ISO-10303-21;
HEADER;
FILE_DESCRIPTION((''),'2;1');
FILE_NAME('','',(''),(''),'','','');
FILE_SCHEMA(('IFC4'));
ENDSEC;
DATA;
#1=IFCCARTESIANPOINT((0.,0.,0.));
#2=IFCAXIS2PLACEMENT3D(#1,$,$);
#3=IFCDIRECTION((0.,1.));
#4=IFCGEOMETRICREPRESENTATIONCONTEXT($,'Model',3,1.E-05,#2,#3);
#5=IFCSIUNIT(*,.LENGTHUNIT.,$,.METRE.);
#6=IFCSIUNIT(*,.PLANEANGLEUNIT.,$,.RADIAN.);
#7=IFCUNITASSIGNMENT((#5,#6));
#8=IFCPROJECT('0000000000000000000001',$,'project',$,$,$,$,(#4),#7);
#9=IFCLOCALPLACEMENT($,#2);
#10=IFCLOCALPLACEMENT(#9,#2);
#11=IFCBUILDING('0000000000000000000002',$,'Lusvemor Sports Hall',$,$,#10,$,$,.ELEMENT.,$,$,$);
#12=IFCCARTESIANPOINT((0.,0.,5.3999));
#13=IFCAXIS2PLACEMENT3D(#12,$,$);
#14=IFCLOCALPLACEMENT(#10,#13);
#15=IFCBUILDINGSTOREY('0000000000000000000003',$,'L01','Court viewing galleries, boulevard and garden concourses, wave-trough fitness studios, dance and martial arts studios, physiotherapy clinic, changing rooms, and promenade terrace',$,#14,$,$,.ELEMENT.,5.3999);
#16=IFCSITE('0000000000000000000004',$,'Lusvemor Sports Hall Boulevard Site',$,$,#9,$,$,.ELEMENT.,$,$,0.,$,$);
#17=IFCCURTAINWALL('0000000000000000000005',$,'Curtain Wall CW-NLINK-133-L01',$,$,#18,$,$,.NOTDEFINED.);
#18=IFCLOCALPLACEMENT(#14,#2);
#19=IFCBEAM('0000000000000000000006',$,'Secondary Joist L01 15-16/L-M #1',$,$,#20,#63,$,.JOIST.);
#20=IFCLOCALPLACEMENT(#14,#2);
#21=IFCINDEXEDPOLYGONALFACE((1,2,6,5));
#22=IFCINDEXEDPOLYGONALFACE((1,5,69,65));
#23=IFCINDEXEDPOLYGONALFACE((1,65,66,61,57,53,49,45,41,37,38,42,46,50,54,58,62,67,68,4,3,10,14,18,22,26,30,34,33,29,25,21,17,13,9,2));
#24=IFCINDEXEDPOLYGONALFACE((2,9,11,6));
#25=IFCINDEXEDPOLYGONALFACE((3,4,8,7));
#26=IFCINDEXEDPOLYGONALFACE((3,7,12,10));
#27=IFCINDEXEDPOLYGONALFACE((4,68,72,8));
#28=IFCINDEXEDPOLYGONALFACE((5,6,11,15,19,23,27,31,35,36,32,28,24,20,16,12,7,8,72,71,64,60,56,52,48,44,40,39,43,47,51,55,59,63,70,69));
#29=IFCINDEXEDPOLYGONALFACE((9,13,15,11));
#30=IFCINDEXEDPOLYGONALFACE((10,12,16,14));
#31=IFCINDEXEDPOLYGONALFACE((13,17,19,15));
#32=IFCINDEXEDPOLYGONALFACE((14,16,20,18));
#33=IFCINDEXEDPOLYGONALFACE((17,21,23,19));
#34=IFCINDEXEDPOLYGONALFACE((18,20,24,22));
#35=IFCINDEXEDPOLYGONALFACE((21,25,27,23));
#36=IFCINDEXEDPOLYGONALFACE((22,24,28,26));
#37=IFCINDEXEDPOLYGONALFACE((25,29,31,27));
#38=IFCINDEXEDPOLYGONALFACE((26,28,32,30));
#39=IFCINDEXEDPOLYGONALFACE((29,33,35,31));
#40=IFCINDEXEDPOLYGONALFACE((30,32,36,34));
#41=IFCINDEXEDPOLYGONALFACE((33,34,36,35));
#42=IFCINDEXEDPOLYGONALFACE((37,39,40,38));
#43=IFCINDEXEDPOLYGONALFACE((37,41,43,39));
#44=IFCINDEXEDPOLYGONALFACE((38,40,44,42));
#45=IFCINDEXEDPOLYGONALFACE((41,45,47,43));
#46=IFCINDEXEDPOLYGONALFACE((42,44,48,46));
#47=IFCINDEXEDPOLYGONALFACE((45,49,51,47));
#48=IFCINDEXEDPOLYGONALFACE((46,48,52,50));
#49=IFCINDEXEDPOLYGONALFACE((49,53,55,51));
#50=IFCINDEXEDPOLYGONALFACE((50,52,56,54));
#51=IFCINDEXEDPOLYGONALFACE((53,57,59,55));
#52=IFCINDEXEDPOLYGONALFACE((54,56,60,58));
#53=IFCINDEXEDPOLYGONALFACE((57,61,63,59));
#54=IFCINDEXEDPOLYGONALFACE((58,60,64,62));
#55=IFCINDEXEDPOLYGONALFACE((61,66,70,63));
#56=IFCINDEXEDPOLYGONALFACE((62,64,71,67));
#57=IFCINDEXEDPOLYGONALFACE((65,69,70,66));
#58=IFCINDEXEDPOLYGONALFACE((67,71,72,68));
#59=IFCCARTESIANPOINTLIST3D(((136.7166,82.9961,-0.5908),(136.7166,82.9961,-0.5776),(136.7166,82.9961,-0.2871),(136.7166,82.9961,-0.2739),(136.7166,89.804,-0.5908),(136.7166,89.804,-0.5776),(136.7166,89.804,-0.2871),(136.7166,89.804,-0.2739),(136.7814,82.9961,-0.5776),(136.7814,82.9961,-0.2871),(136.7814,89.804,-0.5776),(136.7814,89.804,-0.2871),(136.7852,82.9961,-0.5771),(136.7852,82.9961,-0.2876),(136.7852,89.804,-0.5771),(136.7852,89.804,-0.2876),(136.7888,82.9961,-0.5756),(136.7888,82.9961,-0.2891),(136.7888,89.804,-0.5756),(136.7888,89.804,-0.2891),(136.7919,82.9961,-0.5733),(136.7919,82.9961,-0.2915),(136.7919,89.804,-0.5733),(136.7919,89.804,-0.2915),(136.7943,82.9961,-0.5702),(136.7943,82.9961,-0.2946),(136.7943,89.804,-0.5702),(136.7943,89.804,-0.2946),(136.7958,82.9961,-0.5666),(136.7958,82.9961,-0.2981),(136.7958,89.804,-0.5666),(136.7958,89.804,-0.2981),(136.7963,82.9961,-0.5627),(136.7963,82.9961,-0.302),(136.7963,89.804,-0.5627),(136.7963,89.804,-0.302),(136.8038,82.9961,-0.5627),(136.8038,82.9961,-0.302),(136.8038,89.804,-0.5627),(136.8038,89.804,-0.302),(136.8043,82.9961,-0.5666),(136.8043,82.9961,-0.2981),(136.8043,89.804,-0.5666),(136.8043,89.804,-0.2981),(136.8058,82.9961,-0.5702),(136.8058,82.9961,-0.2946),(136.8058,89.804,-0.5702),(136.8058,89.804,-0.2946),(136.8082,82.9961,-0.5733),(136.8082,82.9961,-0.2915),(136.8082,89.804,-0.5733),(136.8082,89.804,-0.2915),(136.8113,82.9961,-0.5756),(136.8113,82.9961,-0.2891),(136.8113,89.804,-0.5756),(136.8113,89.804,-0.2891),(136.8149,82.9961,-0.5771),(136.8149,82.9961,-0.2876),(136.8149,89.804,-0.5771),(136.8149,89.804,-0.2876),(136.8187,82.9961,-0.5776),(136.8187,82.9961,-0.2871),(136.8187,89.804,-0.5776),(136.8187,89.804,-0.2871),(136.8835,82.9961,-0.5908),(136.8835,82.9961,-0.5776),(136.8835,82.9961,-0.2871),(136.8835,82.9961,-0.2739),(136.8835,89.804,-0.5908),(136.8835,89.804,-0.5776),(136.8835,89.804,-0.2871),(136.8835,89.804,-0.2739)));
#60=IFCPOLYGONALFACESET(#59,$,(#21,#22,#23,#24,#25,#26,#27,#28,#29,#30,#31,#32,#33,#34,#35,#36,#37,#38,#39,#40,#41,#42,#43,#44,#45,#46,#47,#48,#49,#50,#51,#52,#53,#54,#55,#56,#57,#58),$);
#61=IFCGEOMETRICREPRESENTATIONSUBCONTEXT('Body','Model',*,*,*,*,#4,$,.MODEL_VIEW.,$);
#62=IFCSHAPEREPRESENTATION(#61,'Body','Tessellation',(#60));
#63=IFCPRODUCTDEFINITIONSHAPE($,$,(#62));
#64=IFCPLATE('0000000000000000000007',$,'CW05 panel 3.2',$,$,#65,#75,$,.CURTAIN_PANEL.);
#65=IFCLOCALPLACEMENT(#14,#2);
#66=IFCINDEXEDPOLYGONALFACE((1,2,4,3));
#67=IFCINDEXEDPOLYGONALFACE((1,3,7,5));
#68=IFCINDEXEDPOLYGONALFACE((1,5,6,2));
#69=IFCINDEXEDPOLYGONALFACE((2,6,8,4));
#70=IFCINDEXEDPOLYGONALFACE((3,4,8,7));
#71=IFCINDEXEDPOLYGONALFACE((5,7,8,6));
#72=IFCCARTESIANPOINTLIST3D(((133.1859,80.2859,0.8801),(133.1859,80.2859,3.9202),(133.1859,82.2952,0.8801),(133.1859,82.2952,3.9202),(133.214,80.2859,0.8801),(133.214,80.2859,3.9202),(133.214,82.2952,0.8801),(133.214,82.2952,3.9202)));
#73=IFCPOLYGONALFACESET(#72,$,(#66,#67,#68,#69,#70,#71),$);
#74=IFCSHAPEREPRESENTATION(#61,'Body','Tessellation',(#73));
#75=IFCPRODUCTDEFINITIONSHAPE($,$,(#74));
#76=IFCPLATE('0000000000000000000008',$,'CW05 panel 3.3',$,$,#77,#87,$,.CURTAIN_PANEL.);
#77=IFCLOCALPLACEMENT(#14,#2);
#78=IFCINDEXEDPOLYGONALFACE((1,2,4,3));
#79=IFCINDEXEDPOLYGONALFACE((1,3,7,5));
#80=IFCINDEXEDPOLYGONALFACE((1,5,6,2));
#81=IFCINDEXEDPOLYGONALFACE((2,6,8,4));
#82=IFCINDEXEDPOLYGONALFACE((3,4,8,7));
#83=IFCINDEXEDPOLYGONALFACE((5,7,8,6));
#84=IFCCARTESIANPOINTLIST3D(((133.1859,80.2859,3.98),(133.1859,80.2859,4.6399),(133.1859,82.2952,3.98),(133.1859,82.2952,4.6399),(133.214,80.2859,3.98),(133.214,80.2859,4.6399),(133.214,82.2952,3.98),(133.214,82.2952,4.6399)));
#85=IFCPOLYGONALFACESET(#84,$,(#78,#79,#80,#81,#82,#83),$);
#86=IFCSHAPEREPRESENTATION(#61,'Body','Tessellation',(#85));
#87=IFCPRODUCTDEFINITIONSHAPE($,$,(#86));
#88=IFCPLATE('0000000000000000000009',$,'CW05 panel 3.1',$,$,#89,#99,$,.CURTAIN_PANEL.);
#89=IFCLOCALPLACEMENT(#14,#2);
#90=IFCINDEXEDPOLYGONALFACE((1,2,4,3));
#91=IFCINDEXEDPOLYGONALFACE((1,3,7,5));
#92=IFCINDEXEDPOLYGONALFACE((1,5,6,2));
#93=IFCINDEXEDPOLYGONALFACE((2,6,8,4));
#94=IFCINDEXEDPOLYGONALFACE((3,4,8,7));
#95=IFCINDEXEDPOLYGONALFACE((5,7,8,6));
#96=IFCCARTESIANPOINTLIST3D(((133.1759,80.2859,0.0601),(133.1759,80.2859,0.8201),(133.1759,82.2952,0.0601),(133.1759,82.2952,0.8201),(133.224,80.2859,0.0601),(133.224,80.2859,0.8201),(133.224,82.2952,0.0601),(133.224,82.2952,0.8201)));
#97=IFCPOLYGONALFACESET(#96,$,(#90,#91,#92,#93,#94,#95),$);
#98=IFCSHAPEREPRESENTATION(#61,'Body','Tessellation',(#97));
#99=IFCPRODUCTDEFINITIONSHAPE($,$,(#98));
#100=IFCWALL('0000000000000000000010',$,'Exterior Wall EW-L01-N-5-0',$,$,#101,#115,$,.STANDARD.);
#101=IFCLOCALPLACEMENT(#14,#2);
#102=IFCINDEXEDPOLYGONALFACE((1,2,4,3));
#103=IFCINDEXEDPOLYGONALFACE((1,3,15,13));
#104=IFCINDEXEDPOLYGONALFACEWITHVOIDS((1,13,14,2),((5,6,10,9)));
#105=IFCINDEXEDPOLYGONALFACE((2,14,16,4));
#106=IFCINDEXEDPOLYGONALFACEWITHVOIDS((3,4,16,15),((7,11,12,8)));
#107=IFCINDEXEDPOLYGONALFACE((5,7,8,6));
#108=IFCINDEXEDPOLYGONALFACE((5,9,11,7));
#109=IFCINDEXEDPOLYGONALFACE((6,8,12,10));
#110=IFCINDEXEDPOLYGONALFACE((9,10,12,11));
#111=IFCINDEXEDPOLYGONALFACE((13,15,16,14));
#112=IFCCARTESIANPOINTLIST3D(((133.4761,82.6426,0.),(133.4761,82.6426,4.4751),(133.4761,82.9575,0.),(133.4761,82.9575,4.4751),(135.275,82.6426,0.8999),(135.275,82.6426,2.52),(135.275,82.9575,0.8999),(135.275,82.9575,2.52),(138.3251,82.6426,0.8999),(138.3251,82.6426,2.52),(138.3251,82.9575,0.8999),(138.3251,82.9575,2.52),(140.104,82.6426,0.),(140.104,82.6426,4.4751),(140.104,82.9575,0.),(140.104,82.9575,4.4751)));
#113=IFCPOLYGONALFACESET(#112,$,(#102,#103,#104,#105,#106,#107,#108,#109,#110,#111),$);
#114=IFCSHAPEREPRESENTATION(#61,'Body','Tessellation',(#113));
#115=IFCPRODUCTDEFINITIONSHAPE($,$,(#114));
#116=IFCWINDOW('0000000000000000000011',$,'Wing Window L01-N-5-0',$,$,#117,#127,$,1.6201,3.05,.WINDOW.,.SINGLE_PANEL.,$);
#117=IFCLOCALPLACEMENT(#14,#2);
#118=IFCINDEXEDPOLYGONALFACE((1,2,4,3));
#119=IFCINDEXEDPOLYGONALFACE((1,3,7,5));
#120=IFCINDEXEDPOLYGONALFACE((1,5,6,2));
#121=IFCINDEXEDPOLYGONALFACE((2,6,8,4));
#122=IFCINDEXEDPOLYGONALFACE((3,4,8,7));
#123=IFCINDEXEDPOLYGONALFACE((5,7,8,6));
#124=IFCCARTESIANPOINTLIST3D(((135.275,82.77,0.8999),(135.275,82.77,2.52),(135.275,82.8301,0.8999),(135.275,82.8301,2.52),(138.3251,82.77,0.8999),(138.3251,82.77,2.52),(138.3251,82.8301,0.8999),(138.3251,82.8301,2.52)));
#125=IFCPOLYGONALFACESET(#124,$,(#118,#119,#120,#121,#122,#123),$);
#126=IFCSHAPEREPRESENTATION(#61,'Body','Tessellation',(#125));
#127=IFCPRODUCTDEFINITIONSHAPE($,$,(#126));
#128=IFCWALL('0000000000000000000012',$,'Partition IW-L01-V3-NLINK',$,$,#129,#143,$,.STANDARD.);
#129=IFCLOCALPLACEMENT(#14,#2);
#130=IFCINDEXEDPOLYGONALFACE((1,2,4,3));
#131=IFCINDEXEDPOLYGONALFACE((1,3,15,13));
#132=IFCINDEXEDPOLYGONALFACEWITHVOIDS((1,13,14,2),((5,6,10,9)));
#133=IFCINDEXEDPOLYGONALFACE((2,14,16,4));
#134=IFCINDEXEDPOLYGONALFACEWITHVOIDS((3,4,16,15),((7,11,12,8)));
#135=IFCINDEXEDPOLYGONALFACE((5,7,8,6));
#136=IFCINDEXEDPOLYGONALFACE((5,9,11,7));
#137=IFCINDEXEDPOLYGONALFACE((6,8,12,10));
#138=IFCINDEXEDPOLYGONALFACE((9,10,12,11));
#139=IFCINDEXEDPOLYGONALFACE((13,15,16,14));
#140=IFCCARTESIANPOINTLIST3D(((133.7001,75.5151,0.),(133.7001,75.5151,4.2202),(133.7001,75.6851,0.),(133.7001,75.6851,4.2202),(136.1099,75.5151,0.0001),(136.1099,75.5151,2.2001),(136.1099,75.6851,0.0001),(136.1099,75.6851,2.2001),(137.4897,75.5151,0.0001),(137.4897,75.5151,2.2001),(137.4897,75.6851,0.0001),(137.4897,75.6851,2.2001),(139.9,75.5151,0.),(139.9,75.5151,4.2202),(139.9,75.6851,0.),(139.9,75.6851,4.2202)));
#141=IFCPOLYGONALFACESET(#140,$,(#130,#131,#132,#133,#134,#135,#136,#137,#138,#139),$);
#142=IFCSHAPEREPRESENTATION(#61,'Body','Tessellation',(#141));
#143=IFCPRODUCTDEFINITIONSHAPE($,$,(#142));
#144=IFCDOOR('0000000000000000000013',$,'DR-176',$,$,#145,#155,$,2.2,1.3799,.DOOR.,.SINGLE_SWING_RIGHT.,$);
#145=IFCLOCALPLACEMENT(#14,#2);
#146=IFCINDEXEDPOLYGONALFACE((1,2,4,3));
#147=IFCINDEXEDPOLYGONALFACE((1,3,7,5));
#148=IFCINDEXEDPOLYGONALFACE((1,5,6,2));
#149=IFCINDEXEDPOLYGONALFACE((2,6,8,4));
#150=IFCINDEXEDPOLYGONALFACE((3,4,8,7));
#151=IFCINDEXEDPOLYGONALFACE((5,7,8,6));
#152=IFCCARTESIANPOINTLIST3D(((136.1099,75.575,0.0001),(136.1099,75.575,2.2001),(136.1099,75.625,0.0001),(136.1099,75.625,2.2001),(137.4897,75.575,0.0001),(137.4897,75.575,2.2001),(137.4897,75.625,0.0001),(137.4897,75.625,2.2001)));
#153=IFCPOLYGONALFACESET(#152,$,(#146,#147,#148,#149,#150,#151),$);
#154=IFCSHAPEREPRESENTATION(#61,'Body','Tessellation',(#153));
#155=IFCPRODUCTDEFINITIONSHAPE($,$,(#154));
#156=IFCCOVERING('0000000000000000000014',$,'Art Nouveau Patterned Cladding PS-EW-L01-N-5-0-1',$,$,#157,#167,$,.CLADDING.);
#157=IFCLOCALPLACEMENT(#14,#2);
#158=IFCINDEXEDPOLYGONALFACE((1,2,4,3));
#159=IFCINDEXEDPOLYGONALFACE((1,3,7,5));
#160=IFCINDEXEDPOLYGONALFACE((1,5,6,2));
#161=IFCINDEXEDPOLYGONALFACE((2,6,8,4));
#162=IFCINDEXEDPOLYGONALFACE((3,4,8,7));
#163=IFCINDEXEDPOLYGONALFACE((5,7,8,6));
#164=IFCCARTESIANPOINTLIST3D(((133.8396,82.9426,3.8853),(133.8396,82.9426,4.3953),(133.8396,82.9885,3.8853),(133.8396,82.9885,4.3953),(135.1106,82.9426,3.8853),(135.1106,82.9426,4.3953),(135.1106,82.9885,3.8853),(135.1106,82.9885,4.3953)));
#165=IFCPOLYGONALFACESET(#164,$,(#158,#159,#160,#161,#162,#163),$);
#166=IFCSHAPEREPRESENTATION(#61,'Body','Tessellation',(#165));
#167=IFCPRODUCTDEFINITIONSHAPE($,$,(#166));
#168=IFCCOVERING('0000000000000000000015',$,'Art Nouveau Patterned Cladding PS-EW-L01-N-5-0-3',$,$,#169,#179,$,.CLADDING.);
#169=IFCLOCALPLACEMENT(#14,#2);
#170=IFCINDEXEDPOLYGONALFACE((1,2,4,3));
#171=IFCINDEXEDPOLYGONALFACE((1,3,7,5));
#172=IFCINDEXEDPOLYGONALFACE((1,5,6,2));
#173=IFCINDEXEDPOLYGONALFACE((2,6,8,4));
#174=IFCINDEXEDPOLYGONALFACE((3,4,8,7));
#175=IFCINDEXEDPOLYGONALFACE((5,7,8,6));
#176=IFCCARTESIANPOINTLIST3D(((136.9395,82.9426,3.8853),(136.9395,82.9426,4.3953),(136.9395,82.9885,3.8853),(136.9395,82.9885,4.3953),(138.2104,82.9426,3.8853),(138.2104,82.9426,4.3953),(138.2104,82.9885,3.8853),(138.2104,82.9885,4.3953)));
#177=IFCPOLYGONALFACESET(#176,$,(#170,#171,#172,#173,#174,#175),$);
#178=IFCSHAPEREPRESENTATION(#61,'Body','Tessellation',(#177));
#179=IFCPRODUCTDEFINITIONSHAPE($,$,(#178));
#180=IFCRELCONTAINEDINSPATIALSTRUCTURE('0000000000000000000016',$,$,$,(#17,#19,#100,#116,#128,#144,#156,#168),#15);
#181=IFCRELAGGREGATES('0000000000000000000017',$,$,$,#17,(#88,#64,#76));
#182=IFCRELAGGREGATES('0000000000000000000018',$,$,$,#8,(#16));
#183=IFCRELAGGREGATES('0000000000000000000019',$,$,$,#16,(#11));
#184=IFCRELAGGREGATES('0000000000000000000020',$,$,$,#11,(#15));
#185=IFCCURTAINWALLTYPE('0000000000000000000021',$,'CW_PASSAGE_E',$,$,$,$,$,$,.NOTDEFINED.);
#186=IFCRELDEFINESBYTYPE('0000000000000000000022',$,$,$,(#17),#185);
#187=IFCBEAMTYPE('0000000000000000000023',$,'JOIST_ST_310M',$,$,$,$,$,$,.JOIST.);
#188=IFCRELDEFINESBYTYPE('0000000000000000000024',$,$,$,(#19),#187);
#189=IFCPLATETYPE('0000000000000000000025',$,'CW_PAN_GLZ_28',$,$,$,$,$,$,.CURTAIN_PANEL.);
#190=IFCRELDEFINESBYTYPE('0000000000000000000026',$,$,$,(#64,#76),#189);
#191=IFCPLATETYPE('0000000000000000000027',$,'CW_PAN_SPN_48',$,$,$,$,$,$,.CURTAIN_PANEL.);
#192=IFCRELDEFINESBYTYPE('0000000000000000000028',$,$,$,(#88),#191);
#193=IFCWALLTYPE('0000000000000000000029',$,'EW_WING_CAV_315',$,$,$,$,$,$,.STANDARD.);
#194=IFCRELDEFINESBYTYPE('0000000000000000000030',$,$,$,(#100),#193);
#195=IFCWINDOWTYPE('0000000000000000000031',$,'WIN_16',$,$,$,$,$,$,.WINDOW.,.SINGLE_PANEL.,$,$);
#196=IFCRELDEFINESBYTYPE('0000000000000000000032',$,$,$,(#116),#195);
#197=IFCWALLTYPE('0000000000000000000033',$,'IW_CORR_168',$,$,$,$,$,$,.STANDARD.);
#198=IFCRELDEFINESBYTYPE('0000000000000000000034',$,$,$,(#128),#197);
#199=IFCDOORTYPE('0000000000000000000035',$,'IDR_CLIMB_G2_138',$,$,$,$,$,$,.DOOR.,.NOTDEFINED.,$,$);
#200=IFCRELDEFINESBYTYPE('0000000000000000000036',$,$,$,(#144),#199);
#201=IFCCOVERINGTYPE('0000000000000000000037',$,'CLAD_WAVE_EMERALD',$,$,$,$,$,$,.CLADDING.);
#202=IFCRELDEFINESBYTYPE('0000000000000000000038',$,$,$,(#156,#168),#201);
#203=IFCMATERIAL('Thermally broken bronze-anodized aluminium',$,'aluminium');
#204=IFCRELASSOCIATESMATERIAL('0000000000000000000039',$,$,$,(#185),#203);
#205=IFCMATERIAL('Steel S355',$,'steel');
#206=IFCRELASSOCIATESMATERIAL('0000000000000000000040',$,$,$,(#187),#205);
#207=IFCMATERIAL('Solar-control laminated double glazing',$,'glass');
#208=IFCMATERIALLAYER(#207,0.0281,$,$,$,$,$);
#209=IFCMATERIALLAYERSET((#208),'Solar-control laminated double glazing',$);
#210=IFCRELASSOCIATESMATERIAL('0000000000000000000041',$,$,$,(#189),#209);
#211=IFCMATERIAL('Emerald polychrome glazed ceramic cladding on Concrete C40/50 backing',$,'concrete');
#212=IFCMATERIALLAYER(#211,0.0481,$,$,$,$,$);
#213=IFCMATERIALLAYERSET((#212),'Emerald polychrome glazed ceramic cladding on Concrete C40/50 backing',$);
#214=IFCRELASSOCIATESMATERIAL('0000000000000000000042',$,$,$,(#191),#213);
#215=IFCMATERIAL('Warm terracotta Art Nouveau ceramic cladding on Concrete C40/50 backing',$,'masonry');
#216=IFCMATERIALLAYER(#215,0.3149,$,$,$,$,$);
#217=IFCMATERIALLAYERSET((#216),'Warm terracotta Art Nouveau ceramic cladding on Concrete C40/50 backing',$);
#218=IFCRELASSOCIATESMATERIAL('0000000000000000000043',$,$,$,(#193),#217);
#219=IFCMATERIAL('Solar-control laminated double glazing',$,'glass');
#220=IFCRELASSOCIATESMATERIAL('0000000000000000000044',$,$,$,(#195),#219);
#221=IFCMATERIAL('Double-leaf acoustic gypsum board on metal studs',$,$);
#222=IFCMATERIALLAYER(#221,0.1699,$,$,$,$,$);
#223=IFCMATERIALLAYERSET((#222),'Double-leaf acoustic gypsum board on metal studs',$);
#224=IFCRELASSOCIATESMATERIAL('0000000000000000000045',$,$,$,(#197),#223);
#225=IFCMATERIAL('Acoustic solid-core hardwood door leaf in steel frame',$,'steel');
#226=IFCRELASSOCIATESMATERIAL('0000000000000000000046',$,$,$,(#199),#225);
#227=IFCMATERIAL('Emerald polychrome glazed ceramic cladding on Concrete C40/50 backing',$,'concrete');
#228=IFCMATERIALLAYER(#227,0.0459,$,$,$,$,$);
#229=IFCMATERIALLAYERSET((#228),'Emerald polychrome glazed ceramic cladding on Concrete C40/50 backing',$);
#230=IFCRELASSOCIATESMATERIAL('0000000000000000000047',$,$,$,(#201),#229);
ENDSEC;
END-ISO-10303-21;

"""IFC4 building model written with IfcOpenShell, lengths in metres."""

from ifc_helpers import new_model, si_unit, direction, frame, frame_2d, origin, origin_2d, place, context, subcontext, project, spatial, rectangle, i_section, extrude, material, layer, layer_set, material_profile, profile_set, type_object, element, fill, aggregate, save


model = new_model("IFC4")

# Units and contexts
model_context = context("Model", 3, precision=1e-05, world=origin(), true_north=direction((0.0, 1.0)))
body_context = subcontext(model_context, "Body", "Model", "MODEL_VIEW")
ifc_project = project(units=[si_unit("LENGTHUNIT", "METRE"), si_unit("PLANEANGLEUNIT", "RADIAN")], contexts=[model_context])

# Site, building, storey
site_placement = place(None, origin())
site = spatial("IfcSite", under=ifc_project, at=site_placement, Name="Lusvemor Sports Hall Boulevard Site", CompositionType="ELEMENT", RefElevation=0.0)
building_placement = place(site_placement, origin())
building = spatial("IfcBuilding", under=site, at=building_placement, Name="Lusvemor Sports Hall", CompositionType="ELEMENT")
storey_placement = place(building_placement, frame((0.0, 0.0, 5.3999)))
storey = spatial("IfcBuildingStorey", under=building, at=storey_placement, Name="L01", Description="Court viewing galleries, boulevard and garden concourses, wave-trough fitness studios, dance and martial arts studios, physiotherapy clinic, changing rooms, and promenade terrace", CompositionType="ELEMENT", Elevation=5.3999)

# Curtain wall
ifc_material_1 = material(Name="Thermally broken bronze-anodized aluminium", Category="aluminium")
curtain_wall_type = type_object("IfcCurtainWallType", Name="CW_PASSAGE_E", PredefinedType="NOTDEFINED", material=ifc_material_1)
curtain_wall_placement = place(storey_placement, origin())
curtain_wall = element("IfcCurtainWall", 1, at=curtain_wall_placement, inside=storey, type_object=curtain_wall_type, Name="Curtain Wall CW-NLINK-133-L01", PredefinedType="NOTDEFINED")

# Beam
ifc_material_2 = material(Name="Steel S355", Category="steel")
ifc_material_profile_1 = material_profile(ifc_material_2, i_section(OverallWidth=0.167, OverallDepth=0.3169, WebThickness=0.0076, FlangeThickness=0.0132, FilletRadius=0.0149, at=origin_2d()), Name="W310x52.0")
ifc_profile_set_1 = profile_set([ifc_material_profile_1], Name="Steel S355")
beam_type_1 = type_object("IfcBeamType", Name="JOIST_ST_310M", PredefinedType="JOIST", material=ifc_profile_set_1)
beam_1_placement = place(storey_placement, frame((136.8, 82.9961, -0.4324), z_axis=(0.0, 1.0, 0.0), x_axis=(-1.0, 0.0, 0.0)))
element("IfcBeam", 2, at=beam_1_placement, inside=storey, type_object=beam_type_1, Name="Secondary Joist L01 15-16/L-M #1", PredefinedType="JOIST", context=body_context, shape_type="SweptSolid", body=[
    extrude(i_section(OverallWidth=0.167, OverallDepth=0.3169, WebThickness=0.0076, FlangeThickness=0.0132, FilletRadius=0.0149, at=origin_2d()), origin(), (0.0, 0.0, 1.0), 6.8079),
])

# Plates
ifc_material_3 = material(Name="Solar-control laminated double glazing", Category="glass")
ifc_layer_1 = layer(ifc_material_3, 0.0281)
ifc_layer_set_1 = layer_set([ifc_layer_1], Name="Solar-control laminated double glazing")
plate_type_1 = type_object("IfcPlateType", Name="CW_PAN_GLZ_28", PredefinedType="CURTAIN_PANEL", material=ifc_layer_set_1)
plate_1_placement = place(storey_placement, frame((133.2, 81.2905, 0.8801), z_axis=(0.0, 0.0, 1.0), x_axis=(0.0, 1.0, 0.0)))
plate_1 = element("IfcPlate", 3, at=plate_1_placement, type_object=plate_type_1, Name="CW05 panel 3.2", PredefinedType="CURTAIN_PANEL", context=body_context, shape_type="SweptSolid", body=[
    extrude(rectangle(XDim=2.0093, YDim=0.0281, at=origin_2d()), origin(), (0.0, 0.0, 1.0), 3.04),
])
plate_2_placement = place(storey_placement, frame((133.2, 81.2905, 3.98), z_axis=(0.0, 0.0, 1.0), x_axis=(0.0, 1.0, 0.0)))
plate_2 = element("IfcPlate", 4, at=plate_2_placement, type_object=plate_type_1, Name="CW05 panel 3.3", PredefinedType="CURTAIN_PANEL", context=body_context, shape_type="SweptSolid", body=[
    extrude(rectangle(XDim=2.0093, YDim=0.0281, at=origin_2d()), origin(), (0.0, 0.0, 1.0), 0.6599),
])
ifc_material_4 = material(Name="Emerald polychrome glazed ceramic cladding on Concrete C40/50 backing", Category="concrete")
ifc_layer_2 = layer(ifc_material_4, 0.0481)
ifc_layer_set_2 = layer_set([ifc_layer_2], Name="Emerald polychrome glazed ceramic cladding on Concrete C40/50 backing")
plate_type_2 = type_object("IfcPlateType", Name="CW_PAN_SPN_48", PredefinedType="CURTAIN_PANEL", material=ifc_layer_set_2)
plate_3_placement = place(storey_placement, frame((133.2, 81.2905, 0.0601), z_axis=(0.0, 0.0, 1.0), x_axis=(0.0, 1.0, 0.0)))
plate_3 = element("IfcPlate", 5, at=plate_3_placement, type_object=plate_type_2, Name="CW05 panel 3.1", PredefinedType="CURTAIN_PANEL", context=body_context, shape_type="SweptSolid", body=[
    extrude(rectangle(XDim=2.0093, YDim=0.0481, at=origin_2d()), origin(), (0.0, 0.0, 1.0), 0.76),
])
aggregate(curtain_wall, [plate_3, plate_1, plate_2])

# Wall, opening, window
ifc_material_5 = material(Name="Warm terracotta Art Nouveau ceramic cladding on Concrete C40/50 backing", Category="masonry")
ifc_layer_3 = layer(ifc_material_5, 0.3149)
ifc_layer_set_3 = layer_set([ifc_layer_3], Name="Warm terracotta Art Nouveau ceramic cladding on Concrete C40/50 backing")
wall_type_1 = type_object("IfcWallType", Name="EW_WING_CAV_315", PredefinedType="STANDARD", material=ifc_layer_set_3)
wall_1_placement = place(storey_placement, frame((133.4761, 82.8, 0.0), z_axis=(0.0, 0.0, 1.0), x_axis=(1.0, 0.0, 0.0)))
wall_1 = element("IfcWall", 6, at=wall_1_placement, inside=storey, type_object=wall_type_1, Name="Exterior Wall EW-L01-N-5-0", PredefinedType="STANDARD", context=body_context, shape_type="SweptSolid", body=[
    extrude(rectangle(XDim=6.6279, YDim=0.3149, at=frame_2d((3.314, 0.0))), origin(), (0.0, 0.0, 1.0), 4.4751),
])
opening_1_placement = place(wall_1_placement, frame((1.7991, 0.0, 0.8999)))
opening_1 = element("IfcOpeningElement", 7, at=opening_1_placement, cuts=wall_1, PredefinedType="OPENING", context=body_context, shape_type="SweptSolid", body=[
    extrude(rectangle(XDim=3.05, YDim=1.6201, at=frame_2d((1.5249, 0.8101))), frame((0.0, 0.1575, 0.0), z_axis=(0.0, -1.0, 0.0), x_axis=(1.0, 0.0, 0.0)), (0.0, 0.0, 1.0), 0.3149),
])
ifc_material_6 = material(Name="Solar-control laminated double glazing", Category="glass")
window_type = type_object("IfcWindowType", Name="WIN_16", PartitioningType="SINGLE_PANEL", PredefinedType="WINDOW", material=ifc_material_6)
window_placement = place(opening_1_placement, origin())
window = element("IfcWindow", 8, at=window_placement, inside=storey, type_object=window_type, Name="Wing Window L01-N-5-0", OverallHeight=1.6201, OverallWidth=3.05, PartitioningType="SINGLE_PANEL", PredefinedType="WINDOW", context=body_context, shape_type="SweptSolid", body=[
    extrude(rectangle(XDim=3.05, YDim=1.6201, at=frame_2d((1.5249, 0.8101))), frame((0.0, 0.03, 0.0), z_axis=(0.0, -1.0, 0.0), x_axis=(1.0, 0.0, 0.0)), (0.0, 0.0, 1.0), 0.0601),
])
fill(opening_1, window)

# Wall, opening, door
ifc_material_7 = material(Name="Double-leaf acoustic gypsum board on metal studs")
ifc_layer_4 = layer(ifc_material_7, 0.1699)
ifc_layer_set_4 = layer_set([ifc_layer_4], Name="Double-leaf acoustic gypsum board on metal studs")
wall_type_2 = type_object("IfcWallType", Name="IW_CORR_168", PredefinedType="STANDARD", material=ifc_layer_set_4)
wall_2_placement = place(storey_placement, frame((133.7, 75.6001, 0.0), z_axis=(0.0, 0.0, 1.0), x_axis=(1.0, 0.0, 0.0)))
wall_2 = element("IfcWall", 9, at=wall_2_placement, inside=storey, type_object=wall_type_2, Name="Partition IW-L01-V3-NLINK", PredefinedType="STANDARD", context=body_context, shape_type="SweptSolid", body=[
    extrude(rectangle(XDim=6.2, YDim=0.1699, at=frame_2d((3.1001, 0.0))), origin(), (0.0, 0.0, 1.0), 4.2202),
])
opening_2_placement = place(wall_2_placement, frame((2.4099, 0.0, 0.0)))
opening_2 = element("IfcOpeningElement", 10, at=opening_2_placement, cuts=wall_2, PredefinedType="OPENING", context=body_context, shape_type="SweptSolid", body=[
    extrude(rectangle(XDim=1.3799, YDim=2.2, at=frame_2d((0.6899, 1.1001))), frame((0.0, 0.085, 0.0), z_axis=(0.0, -1.0, 0.0), x_axis=(1.0, 0.0, 0.0)), (0.0, 0.0, 1.0), 0.1699),
])
ifc_material_8 = material(Name="Acoustic solid-core hardwood door leaf in steel frame", Category="steel")
door_type = type_object("IfcDoorType", Name="IDR_CLIMB_G2_138", OperationType="NOTDEFINED", PredefinedType="DOOR", material=ifc_material_8)
door_placement = place(opening_2_placement, origin())
door = element("IfcDoor", 11, at=door_placement, inside=storey, type_object=door_type, Name="DR-176", OperationType="SINGLE_SWING_RIGHT", OverallHeight=2.2, OverallWidth=1.3799, PredefinedType="DOOR", context=body_context, shape_type="SweptSolid", body=[
    extrude(rectangle(XDim=1.3799, YDim=2.2, at=frame_2d((0.6899, 1.1001))), frame((0.0, 0.0249, 0.0), z_axis=(0.0, -1.0, 0.0), x_axis=(1.0, 0.0, 0.0)), (0.0, 0.0, 1.0), 0.05),
])
fill(opening_2, door)

# Coverings
ifc_material_9 = material(Name="Emerald polychrome glazed ceramic cladding on Concrete C40/50 backing", Category="concrete")
ifc_layer_5 = layer(ifc_material_9, 0.0459)
ifc_layer_set_5 = layer_set([ifc_layer_5], Name="Emerald polychrome glazed ceramic cladding on Concrete C40/50 backing")
covering_type_1 = type_object("IfcCoveringType", Name="CLAD_WAVE_EMERALD", PredefinedType="CLADDING", material=ifc_layer_set_5)
for number, where, z_axis, x_axis, name in (
    (12, (134.4751, 82.9656, 3.8853), (0.0, 0.0, 1.0), (1.0, 0.0, 0.0), "Art Nouveau Patterned Cladding PS-EW-L01-N-5-0-1"),
    (13, (137.575, 82.9656, 3.8853), (0.0, 0.0, 1.0), (1.0, 0.0, 0.0), "Art Nouveau Patterned Cladding PS-EW-L01-N-5-0-3"),
):
    element("IfcCovering", number, at=place(storey_placement, frame(where, z_axis=z_axis, x_axis=x_axis)), inside=storey, type_object=covering_type_1, Name=name, PredefinedType="CLADDING", context=body_context, shape_type="SweptSolid", body=[
        extrude(rectangle(XDim=1.271, YDim=0.0459, at=origin_2d()), origin(), (0.0, 0.0, 1.0), 0.51),
    ])

save(model, "model.ifc")
